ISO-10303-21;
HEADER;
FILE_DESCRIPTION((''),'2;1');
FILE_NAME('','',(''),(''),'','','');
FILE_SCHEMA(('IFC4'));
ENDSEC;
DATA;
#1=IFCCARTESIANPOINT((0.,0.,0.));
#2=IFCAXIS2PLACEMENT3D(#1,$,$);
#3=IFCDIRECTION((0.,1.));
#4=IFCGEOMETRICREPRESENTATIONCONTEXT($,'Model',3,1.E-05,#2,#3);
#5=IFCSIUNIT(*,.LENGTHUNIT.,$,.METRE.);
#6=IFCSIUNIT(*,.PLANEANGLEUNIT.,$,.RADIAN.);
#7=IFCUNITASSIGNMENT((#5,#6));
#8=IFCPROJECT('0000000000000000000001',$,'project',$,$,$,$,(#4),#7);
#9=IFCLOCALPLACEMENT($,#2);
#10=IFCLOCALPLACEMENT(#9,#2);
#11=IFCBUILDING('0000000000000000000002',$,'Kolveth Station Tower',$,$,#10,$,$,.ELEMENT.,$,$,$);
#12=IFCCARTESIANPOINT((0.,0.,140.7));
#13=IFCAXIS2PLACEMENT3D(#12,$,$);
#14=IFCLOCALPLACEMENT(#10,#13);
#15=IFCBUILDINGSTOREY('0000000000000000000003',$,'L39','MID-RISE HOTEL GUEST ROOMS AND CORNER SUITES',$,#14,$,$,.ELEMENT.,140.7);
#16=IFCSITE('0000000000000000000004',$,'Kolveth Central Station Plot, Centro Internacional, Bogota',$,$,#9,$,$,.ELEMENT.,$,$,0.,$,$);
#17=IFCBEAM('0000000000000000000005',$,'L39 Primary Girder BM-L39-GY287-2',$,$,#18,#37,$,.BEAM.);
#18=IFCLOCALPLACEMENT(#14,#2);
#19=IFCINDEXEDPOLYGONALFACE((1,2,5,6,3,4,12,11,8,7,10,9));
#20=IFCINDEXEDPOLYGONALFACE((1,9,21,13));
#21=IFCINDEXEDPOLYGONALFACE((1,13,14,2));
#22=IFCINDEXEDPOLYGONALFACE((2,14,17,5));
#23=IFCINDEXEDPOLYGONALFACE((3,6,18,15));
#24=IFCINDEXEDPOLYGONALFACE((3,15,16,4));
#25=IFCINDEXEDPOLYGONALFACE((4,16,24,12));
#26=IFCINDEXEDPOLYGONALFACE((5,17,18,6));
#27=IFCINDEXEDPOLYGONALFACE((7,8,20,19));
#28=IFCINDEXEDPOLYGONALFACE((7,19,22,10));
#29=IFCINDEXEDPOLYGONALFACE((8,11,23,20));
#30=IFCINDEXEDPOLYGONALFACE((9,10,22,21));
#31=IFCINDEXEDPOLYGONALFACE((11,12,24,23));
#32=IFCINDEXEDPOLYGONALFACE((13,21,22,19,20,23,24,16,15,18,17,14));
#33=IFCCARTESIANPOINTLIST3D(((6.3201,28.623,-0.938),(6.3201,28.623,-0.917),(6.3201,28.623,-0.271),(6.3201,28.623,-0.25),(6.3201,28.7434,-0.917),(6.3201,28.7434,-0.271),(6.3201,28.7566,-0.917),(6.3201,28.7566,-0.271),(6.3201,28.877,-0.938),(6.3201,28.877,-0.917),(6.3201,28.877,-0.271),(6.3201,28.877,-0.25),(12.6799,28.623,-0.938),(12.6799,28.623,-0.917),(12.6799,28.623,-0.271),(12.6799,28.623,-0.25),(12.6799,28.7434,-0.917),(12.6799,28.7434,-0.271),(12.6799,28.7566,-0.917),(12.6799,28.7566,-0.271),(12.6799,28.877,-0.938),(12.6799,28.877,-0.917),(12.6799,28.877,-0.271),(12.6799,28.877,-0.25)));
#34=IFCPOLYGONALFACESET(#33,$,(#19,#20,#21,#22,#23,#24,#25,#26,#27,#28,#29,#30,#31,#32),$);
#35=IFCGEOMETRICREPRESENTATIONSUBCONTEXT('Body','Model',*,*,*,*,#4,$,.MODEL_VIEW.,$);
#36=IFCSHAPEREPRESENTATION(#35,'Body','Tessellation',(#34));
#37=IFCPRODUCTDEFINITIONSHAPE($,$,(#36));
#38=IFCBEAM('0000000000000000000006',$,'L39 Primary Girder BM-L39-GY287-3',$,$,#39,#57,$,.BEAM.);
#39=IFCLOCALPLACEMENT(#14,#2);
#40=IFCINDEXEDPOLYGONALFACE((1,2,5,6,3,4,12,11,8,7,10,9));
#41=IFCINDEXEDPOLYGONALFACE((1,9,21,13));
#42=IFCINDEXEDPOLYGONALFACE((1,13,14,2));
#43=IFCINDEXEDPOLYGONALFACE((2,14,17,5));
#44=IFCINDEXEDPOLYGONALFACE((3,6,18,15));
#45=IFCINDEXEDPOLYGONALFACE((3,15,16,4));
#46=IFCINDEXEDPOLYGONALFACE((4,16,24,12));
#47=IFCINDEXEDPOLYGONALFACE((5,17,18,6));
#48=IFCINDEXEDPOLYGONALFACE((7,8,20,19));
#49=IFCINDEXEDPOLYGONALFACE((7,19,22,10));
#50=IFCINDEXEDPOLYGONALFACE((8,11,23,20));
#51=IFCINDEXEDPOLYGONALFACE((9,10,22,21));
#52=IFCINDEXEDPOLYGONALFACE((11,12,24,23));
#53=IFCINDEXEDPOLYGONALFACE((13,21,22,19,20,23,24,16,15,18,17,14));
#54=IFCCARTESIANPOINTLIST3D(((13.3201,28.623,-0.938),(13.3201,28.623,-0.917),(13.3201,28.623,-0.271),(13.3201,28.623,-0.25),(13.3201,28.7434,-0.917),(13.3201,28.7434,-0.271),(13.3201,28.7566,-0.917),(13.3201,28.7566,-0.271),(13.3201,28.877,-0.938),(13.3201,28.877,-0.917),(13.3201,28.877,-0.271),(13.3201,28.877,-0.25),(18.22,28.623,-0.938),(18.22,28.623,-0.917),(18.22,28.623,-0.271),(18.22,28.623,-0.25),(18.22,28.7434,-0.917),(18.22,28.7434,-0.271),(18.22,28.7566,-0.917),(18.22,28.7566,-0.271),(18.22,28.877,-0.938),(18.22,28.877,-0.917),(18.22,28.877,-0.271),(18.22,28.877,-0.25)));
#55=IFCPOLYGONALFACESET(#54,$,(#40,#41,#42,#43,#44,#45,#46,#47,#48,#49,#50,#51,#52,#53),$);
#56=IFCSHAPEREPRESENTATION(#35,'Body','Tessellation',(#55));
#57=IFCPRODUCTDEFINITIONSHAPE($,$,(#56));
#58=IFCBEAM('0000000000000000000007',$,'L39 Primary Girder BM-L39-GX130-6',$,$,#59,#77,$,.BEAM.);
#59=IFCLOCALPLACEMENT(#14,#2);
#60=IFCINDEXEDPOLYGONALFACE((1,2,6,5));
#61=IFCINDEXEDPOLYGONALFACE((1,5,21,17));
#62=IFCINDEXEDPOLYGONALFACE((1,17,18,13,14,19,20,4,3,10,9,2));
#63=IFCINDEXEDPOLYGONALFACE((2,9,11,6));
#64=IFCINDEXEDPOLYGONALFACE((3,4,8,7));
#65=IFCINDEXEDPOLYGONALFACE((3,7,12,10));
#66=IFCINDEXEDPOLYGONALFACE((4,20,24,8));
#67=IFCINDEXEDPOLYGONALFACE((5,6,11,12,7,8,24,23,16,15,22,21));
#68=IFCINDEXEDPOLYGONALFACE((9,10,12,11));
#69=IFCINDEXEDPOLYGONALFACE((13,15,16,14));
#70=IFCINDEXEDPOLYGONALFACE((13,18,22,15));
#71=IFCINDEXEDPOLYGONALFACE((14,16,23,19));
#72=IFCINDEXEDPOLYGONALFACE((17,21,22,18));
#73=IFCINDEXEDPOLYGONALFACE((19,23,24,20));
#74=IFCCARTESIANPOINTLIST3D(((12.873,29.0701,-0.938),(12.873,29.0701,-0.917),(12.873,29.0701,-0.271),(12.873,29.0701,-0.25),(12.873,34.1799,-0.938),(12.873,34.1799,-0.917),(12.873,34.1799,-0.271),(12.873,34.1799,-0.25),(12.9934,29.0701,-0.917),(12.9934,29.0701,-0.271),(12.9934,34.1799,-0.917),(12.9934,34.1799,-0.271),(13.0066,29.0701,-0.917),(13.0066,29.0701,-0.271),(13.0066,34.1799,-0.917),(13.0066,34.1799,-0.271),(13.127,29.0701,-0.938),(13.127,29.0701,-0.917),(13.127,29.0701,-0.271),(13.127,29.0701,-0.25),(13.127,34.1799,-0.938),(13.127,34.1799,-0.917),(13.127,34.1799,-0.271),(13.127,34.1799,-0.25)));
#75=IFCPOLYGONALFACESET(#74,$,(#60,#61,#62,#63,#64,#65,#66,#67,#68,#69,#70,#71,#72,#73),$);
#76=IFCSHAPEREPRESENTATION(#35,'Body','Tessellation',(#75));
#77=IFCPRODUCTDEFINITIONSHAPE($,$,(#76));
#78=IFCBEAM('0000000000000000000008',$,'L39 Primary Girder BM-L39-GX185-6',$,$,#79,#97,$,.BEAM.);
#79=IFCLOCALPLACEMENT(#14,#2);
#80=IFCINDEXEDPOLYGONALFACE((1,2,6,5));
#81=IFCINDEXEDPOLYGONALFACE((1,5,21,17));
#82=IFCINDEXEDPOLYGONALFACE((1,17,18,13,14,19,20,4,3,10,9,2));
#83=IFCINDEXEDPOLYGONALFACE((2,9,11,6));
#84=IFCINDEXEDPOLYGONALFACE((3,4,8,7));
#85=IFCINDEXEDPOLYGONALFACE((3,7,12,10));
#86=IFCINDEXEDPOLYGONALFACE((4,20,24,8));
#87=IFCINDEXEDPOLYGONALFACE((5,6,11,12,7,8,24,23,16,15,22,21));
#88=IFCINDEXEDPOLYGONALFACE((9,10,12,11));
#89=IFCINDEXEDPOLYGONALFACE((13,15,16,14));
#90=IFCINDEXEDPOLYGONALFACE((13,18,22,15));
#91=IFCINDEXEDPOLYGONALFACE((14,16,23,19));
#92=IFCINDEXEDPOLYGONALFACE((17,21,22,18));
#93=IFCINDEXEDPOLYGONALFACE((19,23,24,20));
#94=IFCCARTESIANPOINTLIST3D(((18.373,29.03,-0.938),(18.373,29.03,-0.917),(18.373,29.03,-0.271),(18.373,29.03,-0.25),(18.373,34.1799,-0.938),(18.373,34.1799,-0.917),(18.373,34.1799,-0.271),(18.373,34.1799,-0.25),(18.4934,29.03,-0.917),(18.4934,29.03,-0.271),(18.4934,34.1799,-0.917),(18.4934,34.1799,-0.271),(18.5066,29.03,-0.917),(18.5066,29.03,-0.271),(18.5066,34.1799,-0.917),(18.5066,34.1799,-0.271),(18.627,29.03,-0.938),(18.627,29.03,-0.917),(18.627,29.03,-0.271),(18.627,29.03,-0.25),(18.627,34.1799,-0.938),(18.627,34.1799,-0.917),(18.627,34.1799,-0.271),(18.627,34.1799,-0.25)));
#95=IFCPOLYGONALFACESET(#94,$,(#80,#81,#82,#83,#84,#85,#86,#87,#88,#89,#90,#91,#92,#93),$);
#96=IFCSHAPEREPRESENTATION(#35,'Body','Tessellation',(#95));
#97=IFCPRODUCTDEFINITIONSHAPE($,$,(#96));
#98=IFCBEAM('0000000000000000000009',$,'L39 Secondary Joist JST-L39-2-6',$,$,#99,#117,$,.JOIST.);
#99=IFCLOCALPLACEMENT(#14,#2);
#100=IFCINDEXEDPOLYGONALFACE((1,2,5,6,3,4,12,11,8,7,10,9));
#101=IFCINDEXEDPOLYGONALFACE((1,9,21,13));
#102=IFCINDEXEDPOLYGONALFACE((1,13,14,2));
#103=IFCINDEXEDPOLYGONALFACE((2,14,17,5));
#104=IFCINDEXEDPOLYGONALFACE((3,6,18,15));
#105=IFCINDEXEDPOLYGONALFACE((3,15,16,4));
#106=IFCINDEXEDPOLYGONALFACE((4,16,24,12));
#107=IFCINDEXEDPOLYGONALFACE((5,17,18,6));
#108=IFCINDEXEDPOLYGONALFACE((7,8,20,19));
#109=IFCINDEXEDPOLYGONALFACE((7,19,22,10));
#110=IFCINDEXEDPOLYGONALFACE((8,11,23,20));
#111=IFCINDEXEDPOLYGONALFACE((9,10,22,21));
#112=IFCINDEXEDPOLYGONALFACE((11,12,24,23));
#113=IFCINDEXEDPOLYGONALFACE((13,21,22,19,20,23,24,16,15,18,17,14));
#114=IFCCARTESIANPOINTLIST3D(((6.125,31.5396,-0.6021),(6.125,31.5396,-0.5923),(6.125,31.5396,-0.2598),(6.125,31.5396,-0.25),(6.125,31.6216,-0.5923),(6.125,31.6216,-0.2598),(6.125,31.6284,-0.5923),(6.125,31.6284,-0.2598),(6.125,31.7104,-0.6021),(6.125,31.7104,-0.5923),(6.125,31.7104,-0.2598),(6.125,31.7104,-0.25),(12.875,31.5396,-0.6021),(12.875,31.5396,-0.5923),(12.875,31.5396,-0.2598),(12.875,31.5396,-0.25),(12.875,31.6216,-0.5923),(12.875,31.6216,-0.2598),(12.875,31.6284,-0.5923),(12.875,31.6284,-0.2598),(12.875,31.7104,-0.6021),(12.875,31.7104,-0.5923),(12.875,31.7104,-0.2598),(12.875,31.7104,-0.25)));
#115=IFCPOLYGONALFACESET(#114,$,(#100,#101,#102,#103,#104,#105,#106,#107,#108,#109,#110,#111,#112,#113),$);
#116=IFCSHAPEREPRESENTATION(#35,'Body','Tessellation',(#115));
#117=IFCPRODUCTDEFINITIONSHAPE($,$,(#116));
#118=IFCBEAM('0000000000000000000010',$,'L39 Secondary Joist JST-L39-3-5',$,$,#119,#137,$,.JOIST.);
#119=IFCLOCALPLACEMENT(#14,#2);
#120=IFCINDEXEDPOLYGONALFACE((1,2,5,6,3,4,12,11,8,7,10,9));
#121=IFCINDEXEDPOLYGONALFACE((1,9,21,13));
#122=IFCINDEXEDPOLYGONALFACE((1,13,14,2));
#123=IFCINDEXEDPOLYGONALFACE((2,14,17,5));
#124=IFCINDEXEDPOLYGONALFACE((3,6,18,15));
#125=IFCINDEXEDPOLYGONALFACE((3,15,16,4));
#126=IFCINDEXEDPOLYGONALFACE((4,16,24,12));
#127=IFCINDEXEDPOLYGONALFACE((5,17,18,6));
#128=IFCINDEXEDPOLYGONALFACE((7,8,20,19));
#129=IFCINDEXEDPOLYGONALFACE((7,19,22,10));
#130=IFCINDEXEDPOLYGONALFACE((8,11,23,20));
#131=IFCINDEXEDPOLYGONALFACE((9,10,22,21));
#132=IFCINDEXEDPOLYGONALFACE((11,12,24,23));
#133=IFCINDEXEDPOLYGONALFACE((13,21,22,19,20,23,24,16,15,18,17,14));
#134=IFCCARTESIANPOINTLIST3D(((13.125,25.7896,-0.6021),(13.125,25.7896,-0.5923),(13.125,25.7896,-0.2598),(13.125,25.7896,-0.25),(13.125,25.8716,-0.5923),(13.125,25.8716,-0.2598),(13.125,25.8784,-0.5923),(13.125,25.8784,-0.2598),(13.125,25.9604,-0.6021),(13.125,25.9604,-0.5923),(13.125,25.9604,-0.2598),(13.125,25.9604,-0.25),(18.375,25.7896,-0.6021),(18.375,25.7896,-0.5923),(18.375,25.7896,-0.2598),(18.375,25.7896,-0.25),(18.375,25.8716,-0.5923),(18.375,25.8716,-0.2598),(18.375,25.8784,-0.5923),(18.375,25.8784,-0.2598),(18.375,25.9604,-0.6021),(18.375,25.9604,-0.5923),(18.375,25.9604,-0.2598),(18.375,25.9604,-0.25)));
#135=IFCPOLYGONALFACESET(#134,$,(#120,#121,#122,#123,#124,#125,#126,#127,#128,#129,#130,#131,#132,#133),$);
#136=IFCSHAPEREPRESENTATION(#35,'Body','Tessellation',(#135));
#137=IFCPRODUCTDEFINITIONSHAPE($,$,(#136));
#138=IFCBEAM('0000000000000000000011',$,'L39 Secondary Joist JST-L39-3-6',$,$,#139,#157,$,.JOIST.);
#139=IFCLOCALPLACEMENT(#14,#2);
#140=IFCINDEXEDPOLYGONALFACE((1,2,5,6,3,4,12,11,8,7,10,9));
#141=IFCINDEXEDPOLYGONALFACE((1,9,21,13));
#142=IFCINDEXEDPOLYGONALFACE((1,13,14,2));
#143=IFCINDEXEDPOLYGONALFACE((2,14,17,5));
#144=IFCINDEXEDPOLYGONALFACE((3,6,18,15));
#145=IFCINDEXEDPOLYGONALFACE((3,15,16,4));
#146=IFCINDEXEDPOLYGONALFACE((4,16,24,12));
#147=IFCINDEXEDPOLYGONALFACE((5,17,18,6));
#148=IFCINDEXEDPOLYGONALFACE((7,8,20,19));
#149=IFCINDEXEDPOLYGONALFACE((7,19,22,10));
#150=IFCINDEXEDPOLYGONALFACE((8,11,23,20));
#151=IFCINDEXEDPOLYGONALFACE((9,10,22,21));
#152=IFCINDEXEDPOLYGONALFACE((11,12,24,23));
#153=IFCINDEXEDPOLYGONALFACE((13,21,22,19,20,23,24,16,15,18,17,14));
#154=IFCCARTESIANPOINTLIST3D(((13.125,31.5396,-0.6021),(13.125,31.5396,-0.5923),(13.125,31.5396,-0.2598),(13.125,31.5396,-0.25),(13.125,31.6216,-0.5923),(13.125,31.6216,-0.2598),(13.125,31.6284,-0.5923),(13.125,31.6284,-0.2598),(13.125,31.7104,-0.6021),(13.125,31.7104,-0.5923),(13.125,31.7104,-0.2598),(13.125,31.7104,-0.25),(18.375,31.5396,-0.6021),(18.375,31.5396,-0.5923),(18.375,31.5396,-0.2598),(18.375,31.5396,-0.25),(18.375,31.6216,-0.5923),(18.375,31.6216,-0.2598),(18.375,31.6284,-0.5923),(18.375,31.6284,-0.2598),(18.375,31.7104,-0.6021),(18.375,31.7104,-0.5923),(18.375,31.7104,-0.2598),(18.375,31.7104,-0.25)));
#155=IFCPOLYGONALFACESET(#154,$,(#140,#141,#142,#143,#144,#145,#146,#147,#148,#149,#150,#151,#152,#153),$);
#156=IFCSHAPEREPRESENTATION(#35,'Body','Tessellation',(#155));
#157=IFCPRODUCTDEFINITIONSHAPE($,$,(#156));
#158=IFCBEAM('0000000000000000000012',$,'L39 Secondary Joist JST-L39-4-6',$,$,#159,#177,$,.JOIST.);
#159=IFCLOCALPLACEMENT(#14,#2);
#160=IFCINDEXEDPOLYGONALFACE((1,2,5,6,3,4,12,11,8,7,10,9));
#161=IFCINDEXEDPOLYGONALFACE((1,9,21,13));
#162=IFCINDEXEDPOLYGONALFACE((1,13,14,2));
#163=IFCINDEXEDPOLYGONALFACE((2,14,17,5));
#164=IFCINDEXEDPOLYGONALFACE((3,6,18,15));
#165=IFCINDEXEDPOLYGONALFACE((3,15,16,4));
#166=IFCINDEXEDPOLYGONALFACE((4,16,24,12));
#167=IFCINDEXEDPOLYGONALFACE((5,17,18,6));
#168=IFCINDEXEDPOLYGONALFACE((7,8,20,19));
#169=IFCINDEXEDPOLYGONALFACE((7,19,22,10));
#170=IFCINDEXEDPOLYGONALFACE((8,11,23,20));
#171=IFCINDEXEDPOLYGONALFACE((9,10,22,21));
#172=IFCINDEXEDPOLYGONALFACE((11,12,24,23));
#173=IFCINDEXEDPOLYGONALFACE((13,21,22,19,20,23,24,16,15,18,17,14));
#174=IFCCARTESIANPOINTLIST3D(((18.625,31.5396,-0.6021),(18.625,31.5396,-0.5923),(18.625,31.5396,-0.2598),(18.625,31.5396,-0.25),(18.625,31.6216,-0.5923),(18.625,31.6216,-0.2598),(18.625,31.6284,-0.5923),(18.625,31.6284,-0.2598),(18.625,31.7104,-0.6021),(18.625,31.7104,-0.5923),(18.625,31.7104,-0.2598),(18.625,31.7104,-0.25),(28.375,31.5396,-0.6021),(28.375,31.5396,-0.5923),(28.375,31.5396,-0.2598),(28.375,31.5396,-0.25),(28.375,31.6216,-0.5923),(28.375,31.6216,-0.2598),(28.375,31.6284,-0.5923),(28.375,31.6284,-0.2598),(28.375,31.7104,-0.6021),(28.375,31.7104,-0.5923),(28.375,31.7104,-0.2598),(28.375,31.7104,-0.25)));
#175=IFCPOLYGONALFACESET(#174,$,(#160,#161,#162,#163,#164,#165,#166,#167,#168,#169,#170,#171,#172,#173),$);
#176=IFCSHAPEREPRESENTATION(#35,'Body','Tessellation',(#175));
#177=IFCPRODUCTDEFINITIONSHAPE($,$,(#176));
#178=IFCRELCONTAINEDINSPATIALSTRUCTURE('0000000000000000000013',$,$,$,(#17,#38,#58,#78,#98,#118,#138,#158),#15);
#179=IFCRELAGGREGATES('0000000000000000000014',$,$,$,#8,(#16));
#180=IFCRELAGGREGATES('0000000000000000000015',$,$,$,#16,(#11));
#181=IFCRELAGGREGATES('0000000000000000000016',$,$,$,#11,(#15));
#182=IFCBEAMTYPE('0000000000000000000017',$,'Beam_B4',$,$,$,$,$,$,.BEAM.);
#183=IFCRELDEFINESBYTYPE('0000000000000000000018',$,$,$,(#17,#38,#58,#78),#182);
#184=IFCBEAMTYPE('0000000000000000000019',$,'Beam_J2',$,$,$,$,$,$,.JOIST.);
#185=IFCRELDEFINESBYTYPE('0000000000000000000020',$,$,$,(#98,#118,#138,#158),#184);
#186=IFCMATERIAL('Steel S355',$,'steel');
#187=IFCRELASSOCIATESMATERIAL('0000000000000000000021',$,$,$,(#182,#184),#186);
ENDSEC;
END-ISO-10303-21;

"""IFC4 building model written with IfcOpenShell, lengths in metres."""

from ifc_helpers import new_model, si_unit, direction, frame, origin, origin_2d, place, context, subcontext, project, spatial, i_section, extrude, source, transform, mapped, material, material_profile, profile_set, type_object, element, save


model = new_model("IFC4")

# Units and contexts
model_context = context("Model", 3, precision=1e-05, world=origin(), true_north=direction((0.0, 1.0)))
body_context = subcontext(model_context, "Body", "Model", "MODEL_VIEW")
ifc_project = project(units=[si_unit("LENGTHUNIT", "METRE"), si_unit("PLANEANGLEUNIT", "RADIAN")], contexts=[model_context])

# Site, building, storey
site_placement = place(None, origin())
site = spatial("IfcSite", under=ifc_project, at=site_placement, Name="Kolveth Central Station Plot, Centro Internacional, Bogota", CompositionType="ELEMENT", RefElevation=0.0)
building_placement = place(site_placement, origin())
building = spatial("IfcBuilding", under=site, at=building_placement, Name="Kolveth Station Tower", CompositionType="ELEMENT")
storey_placement = place(building_placement, frame((0.0, 0.0, 140.7)))
storey = spatial("IfcBuildingStorey", under=building, at=storey_placement, Name="L39", Description="MID-RISE HOTEL GUEST ROOMS AND CORNER SUITES", CompositionType="ELEMENT", Elevation=140.7)

# Shared definitions
ifc_material_1 = material(Name="Steel S355", Category="steel")

# Beams
ifc_material_profile_1 = material_profile(ifc_material_1, i_section(OverallWidth=0.2539, OverallDepth=0.688, WebThickness=0.0132, FlangeThickness=0.021, at=origin_2d()), Name="W690x152")
ifc_profile_set_1 = profile_set([ifc_material_profile_1], Name="Steel S355")
beam_type_1 = type_object("IfcBeamType", Name="Beam_B4", PredefinedType="BEAM", material=ifc_profile_set_1)
shared_shape_1 = source(origin(), body_context, "Body", "SweptSolid", [
    extrude(i_section(OverallWidth=0.2539, OverallDepth=0.688, WebThickness=0.0132, FlangeThickness=0.021, at=origin_2d()), origin(), (0.0, 0.0, 1.0), 6.3599),
])
beam_1_placement = place(storey_placement, frame((6.3201, 28.75, -0.594), z_axis=(1.0, 0.0, 0.0), x_axis=(0.0, 1.0, 0.0)))
element("IfcBeam", 1, at=beam_1_placement, inside=storey, type_object=beam_type_1, Name="L39 Primary Girder BM-L39-GY287-2", PredefinedType="BEAM", context=body_context, shape_type="MappedRepresentation", body=[
    mapped(shared_shape_1, transform((0.0, 0.0, 0.0), x_axis=(1.0, 0.0, 0.0), y_axis=(0.0, 1.0, 0.0), z_axis=(0.0, 0.0, 1.0), scale=1.0)),
])
shared_shape_2 = source(origin(), body_context, "Body", "SweptSolid", [
    extrude(i_section(OverallWidth=0.2539, OverallDepth=0.688, WebThickness=0.0132, FlangeThickness=0.021, at=origin_2d()), origin(), (0.0, 0.0, 1.0), 4.8999),
])
beam_2_placement = place(storey_placement, frame((13.3201, 28.75, -0.594), z_axis=(1.0, 0.0, 0.0), x_axis=(0.0, 1.0, 0.0)))
element("IfcBeam", 2, at=beam_2_placement, inside=storey, type_object=beam_type_1, Name="L39 Primary Girder BM-L39-GY287-3", PredefinedType="BEAM", context=body_context, shape_type="MappedRepresentation", body=[
    mapped(shared_shape_2, transform((0.0, 0.0, 0.0), x_axis=(1.0, 0.0, 0.0), y_axis=(0.0, 1.0, 0.0), z_axis=(0.0, 0.0, 1.0), scale=1.0)),
])
shared_shape_3 = source(origin(), body_context, "Body", "SweptSolid", [
    extrude(i_section(OverallWidth=0.2539, OverallDepth=0.688, WebThickness=0.0132, FlangeThickness=0.021, at=origin_2d()), origin(), (0.0, 0.0, 1.0), 5.1099),
])
beam_3_placement = place(storey_placement, frame((13.0, 29.0701, -0.594), z_axis=(0.0, 1.0, 0.0), x_axis=(-1.0, 0.0, 0.0)))
element("IfcBeam", 3, at=beam_3_placement, inside=storey, type_object=beam_type_1, Name="L39 Primary Girder BM-L39-GX130-6", PredefinedType="BEAM", context=body_context, shape_type="MappedRepresentation", body=[
    mapped(shared_shape_3, transform((0.0, 0.0, 0.0), x_axis=(1.0, 0.0, 0.0), y_axis=(0.0, 1.0, 0.0), z_axis=(0.0, 0.0, 1.0), scale=1.0)),
])
shared_shape_4 = source(origin(), body_context, "Body", "SweptSolid", [
    extrude(i_section(OverallWidth=0.2539, OverallDepth=0.688, WebThickness=0.0132, FlangeThickness=0.021, at=origin_2d()), origin(), (0.0, 0.0, 1.0), 5.1499),
])
beam_4_placement = place(storey_placement, frame((18.5, 29.03, -0.594), z_axis=(0.0, 1.0, 0.0), x_axis=(-1.0, 0.0, 0.0)))
element("IfcBeam", 4, at=beam_4_placement, inside=storey, type_object=beam_type_1, Name="L39 Primary Girder BM-L39-GX185-6", PredefinedType="BEAM", context=body_context, shape_type="MappedRepresentation", body=[
    mapped(shared_shape_4, transform((0.0, 0.0, 0.0), x_axis=(1.0, 0.0, 0.0), y_axis=(0.0, 1.0, 0.0), z_axis=(0.0, 0.0, 1.0), scale=1.0)),
])
ifc_material_profile_2 = material_profile(ifc_material_1, i_section(OverallWidth=0.1709, OverallDepth=0.3521, WebThickness=0.0068, FlangeThickness=0.0098, at=origin_2d()), Name="W360x44")
ifc_profile_set_2 = profile_set([ifc_material_profile_2], Name="Steel S355")
beam_type_2 = type_object("IfcBeamType", Name="Beam_J2", PredefinedType="JOIST", material=ifc_profile_set_2)
shared_shape_5 = source(origin(), body_context, "Body", "SweptSolid", [
    extrude(i_section(OverallWidth=0.1709, OverallDepth=0.3521, WebThickness=0.0068, FlangeThickness=0.0098, at=origin_2d()), origin(), (0.0, 0.0, 1.0), 6.75),
])
beam_5_placement = place(storey_placement, frame((6.125, 31.625, -0.426), z_axis=(1.0, 0.0, 0.0), x_axis=(0.0, 1.0, 0.0)))
element("IfcBeam", 5, at=beam_5_placement, inside=storey, type_object=beam_type_2, Name="L39 Secondary Joist JST-L39-2-6", PredefinedType="JOIST", context=body_context, shape_type="MappedRepresentation", body=[
    mapped(shared_shape_5, transform((0.0, 0.0, 0.0), x_axis=(1.0, 0.0, 0.0), y_axis=(0.0, 1.0, 0.0), z_axis=(0.0, 0.0, 1.0), scale=1.0)),
])
shared_shape_6 = source(origin(), body_context, "Body", "SweptSolid", [
    extrude(i_section(OverallWidth=0.1709, OverallDepth=0.3521, WebThickness=0.0068, FlangeThickness=0.0098, at=origin_2d()), origin(), (0.0, 0.0, 1.0), 5.25),
])
for number, where, z_axis, x_axis, name in (
    (6, (13.125, 25.875, -0.426), (1.0, 0.0, 0.0), (0.0, 1.0, 0.0), "L39 Secondary Joist JST-L39-3-5"),
    (7, (13.125, 31.625, -0.426), (1.0, 0.0, 0.0), (0.0, 1.0, 0.0), "L39 Secondary Joist JST-L39-3-6"),
):
    element("IfcBeam", number, at=place(storey_placement, frame(where, z_axis=z_axis, x_axis=x_axis)), inside=storey, type_object=beam_type_2, Name=name, PredefinedType="JOIST", context=body_context, shape_type="MappedRepresentation", body=[
        mapped(shared_shape_6, transform((0.0, 0.0, 0.0), x_axis=(1.0, 0.0, 0.0), y_axis=(0.0, 1.0, 0.0), z_axis=(0.0, 0.0, 1.0), scale=1.0)),
    ])
shared_shape_7 = source(origin(), body_context, "Body", "SweptSolid", [
    extrude(i_section(OverallWidth=0.1709, OverallDepth=0.3521, WebThickness=0.0068, FlangeThickness=0.0098, at=origin_2d()), origin(), (0.0, 0.0, 1.0), 9.75),
])
beam_6_placement = place(storey_placement, frame((18.625, 31.625, -0.426), z_axis=(1.0, 0.0, 0.0), x_axis=(0.0, 1.0, 0.0)))
element("IfcBeam", 8, at=beam_6_placement, inside=storey, type_object=beam_type_2, Name="L39 Secondary Joist JST-L39-4-6", PredefinedType="JOIST", context=body_context, shape_type="MappedRepresentation", body=[
    mapped(shared_shape_7, transform((0.0, 0.0, 0.0), x_axis=(1.0, 0.0, 0.0), y_axis=(0.0, 1.0, 0.0), z_axis=(0.0, 0.0, 1.0), scale=1.0)),
])

save(model, "model.ifc")
